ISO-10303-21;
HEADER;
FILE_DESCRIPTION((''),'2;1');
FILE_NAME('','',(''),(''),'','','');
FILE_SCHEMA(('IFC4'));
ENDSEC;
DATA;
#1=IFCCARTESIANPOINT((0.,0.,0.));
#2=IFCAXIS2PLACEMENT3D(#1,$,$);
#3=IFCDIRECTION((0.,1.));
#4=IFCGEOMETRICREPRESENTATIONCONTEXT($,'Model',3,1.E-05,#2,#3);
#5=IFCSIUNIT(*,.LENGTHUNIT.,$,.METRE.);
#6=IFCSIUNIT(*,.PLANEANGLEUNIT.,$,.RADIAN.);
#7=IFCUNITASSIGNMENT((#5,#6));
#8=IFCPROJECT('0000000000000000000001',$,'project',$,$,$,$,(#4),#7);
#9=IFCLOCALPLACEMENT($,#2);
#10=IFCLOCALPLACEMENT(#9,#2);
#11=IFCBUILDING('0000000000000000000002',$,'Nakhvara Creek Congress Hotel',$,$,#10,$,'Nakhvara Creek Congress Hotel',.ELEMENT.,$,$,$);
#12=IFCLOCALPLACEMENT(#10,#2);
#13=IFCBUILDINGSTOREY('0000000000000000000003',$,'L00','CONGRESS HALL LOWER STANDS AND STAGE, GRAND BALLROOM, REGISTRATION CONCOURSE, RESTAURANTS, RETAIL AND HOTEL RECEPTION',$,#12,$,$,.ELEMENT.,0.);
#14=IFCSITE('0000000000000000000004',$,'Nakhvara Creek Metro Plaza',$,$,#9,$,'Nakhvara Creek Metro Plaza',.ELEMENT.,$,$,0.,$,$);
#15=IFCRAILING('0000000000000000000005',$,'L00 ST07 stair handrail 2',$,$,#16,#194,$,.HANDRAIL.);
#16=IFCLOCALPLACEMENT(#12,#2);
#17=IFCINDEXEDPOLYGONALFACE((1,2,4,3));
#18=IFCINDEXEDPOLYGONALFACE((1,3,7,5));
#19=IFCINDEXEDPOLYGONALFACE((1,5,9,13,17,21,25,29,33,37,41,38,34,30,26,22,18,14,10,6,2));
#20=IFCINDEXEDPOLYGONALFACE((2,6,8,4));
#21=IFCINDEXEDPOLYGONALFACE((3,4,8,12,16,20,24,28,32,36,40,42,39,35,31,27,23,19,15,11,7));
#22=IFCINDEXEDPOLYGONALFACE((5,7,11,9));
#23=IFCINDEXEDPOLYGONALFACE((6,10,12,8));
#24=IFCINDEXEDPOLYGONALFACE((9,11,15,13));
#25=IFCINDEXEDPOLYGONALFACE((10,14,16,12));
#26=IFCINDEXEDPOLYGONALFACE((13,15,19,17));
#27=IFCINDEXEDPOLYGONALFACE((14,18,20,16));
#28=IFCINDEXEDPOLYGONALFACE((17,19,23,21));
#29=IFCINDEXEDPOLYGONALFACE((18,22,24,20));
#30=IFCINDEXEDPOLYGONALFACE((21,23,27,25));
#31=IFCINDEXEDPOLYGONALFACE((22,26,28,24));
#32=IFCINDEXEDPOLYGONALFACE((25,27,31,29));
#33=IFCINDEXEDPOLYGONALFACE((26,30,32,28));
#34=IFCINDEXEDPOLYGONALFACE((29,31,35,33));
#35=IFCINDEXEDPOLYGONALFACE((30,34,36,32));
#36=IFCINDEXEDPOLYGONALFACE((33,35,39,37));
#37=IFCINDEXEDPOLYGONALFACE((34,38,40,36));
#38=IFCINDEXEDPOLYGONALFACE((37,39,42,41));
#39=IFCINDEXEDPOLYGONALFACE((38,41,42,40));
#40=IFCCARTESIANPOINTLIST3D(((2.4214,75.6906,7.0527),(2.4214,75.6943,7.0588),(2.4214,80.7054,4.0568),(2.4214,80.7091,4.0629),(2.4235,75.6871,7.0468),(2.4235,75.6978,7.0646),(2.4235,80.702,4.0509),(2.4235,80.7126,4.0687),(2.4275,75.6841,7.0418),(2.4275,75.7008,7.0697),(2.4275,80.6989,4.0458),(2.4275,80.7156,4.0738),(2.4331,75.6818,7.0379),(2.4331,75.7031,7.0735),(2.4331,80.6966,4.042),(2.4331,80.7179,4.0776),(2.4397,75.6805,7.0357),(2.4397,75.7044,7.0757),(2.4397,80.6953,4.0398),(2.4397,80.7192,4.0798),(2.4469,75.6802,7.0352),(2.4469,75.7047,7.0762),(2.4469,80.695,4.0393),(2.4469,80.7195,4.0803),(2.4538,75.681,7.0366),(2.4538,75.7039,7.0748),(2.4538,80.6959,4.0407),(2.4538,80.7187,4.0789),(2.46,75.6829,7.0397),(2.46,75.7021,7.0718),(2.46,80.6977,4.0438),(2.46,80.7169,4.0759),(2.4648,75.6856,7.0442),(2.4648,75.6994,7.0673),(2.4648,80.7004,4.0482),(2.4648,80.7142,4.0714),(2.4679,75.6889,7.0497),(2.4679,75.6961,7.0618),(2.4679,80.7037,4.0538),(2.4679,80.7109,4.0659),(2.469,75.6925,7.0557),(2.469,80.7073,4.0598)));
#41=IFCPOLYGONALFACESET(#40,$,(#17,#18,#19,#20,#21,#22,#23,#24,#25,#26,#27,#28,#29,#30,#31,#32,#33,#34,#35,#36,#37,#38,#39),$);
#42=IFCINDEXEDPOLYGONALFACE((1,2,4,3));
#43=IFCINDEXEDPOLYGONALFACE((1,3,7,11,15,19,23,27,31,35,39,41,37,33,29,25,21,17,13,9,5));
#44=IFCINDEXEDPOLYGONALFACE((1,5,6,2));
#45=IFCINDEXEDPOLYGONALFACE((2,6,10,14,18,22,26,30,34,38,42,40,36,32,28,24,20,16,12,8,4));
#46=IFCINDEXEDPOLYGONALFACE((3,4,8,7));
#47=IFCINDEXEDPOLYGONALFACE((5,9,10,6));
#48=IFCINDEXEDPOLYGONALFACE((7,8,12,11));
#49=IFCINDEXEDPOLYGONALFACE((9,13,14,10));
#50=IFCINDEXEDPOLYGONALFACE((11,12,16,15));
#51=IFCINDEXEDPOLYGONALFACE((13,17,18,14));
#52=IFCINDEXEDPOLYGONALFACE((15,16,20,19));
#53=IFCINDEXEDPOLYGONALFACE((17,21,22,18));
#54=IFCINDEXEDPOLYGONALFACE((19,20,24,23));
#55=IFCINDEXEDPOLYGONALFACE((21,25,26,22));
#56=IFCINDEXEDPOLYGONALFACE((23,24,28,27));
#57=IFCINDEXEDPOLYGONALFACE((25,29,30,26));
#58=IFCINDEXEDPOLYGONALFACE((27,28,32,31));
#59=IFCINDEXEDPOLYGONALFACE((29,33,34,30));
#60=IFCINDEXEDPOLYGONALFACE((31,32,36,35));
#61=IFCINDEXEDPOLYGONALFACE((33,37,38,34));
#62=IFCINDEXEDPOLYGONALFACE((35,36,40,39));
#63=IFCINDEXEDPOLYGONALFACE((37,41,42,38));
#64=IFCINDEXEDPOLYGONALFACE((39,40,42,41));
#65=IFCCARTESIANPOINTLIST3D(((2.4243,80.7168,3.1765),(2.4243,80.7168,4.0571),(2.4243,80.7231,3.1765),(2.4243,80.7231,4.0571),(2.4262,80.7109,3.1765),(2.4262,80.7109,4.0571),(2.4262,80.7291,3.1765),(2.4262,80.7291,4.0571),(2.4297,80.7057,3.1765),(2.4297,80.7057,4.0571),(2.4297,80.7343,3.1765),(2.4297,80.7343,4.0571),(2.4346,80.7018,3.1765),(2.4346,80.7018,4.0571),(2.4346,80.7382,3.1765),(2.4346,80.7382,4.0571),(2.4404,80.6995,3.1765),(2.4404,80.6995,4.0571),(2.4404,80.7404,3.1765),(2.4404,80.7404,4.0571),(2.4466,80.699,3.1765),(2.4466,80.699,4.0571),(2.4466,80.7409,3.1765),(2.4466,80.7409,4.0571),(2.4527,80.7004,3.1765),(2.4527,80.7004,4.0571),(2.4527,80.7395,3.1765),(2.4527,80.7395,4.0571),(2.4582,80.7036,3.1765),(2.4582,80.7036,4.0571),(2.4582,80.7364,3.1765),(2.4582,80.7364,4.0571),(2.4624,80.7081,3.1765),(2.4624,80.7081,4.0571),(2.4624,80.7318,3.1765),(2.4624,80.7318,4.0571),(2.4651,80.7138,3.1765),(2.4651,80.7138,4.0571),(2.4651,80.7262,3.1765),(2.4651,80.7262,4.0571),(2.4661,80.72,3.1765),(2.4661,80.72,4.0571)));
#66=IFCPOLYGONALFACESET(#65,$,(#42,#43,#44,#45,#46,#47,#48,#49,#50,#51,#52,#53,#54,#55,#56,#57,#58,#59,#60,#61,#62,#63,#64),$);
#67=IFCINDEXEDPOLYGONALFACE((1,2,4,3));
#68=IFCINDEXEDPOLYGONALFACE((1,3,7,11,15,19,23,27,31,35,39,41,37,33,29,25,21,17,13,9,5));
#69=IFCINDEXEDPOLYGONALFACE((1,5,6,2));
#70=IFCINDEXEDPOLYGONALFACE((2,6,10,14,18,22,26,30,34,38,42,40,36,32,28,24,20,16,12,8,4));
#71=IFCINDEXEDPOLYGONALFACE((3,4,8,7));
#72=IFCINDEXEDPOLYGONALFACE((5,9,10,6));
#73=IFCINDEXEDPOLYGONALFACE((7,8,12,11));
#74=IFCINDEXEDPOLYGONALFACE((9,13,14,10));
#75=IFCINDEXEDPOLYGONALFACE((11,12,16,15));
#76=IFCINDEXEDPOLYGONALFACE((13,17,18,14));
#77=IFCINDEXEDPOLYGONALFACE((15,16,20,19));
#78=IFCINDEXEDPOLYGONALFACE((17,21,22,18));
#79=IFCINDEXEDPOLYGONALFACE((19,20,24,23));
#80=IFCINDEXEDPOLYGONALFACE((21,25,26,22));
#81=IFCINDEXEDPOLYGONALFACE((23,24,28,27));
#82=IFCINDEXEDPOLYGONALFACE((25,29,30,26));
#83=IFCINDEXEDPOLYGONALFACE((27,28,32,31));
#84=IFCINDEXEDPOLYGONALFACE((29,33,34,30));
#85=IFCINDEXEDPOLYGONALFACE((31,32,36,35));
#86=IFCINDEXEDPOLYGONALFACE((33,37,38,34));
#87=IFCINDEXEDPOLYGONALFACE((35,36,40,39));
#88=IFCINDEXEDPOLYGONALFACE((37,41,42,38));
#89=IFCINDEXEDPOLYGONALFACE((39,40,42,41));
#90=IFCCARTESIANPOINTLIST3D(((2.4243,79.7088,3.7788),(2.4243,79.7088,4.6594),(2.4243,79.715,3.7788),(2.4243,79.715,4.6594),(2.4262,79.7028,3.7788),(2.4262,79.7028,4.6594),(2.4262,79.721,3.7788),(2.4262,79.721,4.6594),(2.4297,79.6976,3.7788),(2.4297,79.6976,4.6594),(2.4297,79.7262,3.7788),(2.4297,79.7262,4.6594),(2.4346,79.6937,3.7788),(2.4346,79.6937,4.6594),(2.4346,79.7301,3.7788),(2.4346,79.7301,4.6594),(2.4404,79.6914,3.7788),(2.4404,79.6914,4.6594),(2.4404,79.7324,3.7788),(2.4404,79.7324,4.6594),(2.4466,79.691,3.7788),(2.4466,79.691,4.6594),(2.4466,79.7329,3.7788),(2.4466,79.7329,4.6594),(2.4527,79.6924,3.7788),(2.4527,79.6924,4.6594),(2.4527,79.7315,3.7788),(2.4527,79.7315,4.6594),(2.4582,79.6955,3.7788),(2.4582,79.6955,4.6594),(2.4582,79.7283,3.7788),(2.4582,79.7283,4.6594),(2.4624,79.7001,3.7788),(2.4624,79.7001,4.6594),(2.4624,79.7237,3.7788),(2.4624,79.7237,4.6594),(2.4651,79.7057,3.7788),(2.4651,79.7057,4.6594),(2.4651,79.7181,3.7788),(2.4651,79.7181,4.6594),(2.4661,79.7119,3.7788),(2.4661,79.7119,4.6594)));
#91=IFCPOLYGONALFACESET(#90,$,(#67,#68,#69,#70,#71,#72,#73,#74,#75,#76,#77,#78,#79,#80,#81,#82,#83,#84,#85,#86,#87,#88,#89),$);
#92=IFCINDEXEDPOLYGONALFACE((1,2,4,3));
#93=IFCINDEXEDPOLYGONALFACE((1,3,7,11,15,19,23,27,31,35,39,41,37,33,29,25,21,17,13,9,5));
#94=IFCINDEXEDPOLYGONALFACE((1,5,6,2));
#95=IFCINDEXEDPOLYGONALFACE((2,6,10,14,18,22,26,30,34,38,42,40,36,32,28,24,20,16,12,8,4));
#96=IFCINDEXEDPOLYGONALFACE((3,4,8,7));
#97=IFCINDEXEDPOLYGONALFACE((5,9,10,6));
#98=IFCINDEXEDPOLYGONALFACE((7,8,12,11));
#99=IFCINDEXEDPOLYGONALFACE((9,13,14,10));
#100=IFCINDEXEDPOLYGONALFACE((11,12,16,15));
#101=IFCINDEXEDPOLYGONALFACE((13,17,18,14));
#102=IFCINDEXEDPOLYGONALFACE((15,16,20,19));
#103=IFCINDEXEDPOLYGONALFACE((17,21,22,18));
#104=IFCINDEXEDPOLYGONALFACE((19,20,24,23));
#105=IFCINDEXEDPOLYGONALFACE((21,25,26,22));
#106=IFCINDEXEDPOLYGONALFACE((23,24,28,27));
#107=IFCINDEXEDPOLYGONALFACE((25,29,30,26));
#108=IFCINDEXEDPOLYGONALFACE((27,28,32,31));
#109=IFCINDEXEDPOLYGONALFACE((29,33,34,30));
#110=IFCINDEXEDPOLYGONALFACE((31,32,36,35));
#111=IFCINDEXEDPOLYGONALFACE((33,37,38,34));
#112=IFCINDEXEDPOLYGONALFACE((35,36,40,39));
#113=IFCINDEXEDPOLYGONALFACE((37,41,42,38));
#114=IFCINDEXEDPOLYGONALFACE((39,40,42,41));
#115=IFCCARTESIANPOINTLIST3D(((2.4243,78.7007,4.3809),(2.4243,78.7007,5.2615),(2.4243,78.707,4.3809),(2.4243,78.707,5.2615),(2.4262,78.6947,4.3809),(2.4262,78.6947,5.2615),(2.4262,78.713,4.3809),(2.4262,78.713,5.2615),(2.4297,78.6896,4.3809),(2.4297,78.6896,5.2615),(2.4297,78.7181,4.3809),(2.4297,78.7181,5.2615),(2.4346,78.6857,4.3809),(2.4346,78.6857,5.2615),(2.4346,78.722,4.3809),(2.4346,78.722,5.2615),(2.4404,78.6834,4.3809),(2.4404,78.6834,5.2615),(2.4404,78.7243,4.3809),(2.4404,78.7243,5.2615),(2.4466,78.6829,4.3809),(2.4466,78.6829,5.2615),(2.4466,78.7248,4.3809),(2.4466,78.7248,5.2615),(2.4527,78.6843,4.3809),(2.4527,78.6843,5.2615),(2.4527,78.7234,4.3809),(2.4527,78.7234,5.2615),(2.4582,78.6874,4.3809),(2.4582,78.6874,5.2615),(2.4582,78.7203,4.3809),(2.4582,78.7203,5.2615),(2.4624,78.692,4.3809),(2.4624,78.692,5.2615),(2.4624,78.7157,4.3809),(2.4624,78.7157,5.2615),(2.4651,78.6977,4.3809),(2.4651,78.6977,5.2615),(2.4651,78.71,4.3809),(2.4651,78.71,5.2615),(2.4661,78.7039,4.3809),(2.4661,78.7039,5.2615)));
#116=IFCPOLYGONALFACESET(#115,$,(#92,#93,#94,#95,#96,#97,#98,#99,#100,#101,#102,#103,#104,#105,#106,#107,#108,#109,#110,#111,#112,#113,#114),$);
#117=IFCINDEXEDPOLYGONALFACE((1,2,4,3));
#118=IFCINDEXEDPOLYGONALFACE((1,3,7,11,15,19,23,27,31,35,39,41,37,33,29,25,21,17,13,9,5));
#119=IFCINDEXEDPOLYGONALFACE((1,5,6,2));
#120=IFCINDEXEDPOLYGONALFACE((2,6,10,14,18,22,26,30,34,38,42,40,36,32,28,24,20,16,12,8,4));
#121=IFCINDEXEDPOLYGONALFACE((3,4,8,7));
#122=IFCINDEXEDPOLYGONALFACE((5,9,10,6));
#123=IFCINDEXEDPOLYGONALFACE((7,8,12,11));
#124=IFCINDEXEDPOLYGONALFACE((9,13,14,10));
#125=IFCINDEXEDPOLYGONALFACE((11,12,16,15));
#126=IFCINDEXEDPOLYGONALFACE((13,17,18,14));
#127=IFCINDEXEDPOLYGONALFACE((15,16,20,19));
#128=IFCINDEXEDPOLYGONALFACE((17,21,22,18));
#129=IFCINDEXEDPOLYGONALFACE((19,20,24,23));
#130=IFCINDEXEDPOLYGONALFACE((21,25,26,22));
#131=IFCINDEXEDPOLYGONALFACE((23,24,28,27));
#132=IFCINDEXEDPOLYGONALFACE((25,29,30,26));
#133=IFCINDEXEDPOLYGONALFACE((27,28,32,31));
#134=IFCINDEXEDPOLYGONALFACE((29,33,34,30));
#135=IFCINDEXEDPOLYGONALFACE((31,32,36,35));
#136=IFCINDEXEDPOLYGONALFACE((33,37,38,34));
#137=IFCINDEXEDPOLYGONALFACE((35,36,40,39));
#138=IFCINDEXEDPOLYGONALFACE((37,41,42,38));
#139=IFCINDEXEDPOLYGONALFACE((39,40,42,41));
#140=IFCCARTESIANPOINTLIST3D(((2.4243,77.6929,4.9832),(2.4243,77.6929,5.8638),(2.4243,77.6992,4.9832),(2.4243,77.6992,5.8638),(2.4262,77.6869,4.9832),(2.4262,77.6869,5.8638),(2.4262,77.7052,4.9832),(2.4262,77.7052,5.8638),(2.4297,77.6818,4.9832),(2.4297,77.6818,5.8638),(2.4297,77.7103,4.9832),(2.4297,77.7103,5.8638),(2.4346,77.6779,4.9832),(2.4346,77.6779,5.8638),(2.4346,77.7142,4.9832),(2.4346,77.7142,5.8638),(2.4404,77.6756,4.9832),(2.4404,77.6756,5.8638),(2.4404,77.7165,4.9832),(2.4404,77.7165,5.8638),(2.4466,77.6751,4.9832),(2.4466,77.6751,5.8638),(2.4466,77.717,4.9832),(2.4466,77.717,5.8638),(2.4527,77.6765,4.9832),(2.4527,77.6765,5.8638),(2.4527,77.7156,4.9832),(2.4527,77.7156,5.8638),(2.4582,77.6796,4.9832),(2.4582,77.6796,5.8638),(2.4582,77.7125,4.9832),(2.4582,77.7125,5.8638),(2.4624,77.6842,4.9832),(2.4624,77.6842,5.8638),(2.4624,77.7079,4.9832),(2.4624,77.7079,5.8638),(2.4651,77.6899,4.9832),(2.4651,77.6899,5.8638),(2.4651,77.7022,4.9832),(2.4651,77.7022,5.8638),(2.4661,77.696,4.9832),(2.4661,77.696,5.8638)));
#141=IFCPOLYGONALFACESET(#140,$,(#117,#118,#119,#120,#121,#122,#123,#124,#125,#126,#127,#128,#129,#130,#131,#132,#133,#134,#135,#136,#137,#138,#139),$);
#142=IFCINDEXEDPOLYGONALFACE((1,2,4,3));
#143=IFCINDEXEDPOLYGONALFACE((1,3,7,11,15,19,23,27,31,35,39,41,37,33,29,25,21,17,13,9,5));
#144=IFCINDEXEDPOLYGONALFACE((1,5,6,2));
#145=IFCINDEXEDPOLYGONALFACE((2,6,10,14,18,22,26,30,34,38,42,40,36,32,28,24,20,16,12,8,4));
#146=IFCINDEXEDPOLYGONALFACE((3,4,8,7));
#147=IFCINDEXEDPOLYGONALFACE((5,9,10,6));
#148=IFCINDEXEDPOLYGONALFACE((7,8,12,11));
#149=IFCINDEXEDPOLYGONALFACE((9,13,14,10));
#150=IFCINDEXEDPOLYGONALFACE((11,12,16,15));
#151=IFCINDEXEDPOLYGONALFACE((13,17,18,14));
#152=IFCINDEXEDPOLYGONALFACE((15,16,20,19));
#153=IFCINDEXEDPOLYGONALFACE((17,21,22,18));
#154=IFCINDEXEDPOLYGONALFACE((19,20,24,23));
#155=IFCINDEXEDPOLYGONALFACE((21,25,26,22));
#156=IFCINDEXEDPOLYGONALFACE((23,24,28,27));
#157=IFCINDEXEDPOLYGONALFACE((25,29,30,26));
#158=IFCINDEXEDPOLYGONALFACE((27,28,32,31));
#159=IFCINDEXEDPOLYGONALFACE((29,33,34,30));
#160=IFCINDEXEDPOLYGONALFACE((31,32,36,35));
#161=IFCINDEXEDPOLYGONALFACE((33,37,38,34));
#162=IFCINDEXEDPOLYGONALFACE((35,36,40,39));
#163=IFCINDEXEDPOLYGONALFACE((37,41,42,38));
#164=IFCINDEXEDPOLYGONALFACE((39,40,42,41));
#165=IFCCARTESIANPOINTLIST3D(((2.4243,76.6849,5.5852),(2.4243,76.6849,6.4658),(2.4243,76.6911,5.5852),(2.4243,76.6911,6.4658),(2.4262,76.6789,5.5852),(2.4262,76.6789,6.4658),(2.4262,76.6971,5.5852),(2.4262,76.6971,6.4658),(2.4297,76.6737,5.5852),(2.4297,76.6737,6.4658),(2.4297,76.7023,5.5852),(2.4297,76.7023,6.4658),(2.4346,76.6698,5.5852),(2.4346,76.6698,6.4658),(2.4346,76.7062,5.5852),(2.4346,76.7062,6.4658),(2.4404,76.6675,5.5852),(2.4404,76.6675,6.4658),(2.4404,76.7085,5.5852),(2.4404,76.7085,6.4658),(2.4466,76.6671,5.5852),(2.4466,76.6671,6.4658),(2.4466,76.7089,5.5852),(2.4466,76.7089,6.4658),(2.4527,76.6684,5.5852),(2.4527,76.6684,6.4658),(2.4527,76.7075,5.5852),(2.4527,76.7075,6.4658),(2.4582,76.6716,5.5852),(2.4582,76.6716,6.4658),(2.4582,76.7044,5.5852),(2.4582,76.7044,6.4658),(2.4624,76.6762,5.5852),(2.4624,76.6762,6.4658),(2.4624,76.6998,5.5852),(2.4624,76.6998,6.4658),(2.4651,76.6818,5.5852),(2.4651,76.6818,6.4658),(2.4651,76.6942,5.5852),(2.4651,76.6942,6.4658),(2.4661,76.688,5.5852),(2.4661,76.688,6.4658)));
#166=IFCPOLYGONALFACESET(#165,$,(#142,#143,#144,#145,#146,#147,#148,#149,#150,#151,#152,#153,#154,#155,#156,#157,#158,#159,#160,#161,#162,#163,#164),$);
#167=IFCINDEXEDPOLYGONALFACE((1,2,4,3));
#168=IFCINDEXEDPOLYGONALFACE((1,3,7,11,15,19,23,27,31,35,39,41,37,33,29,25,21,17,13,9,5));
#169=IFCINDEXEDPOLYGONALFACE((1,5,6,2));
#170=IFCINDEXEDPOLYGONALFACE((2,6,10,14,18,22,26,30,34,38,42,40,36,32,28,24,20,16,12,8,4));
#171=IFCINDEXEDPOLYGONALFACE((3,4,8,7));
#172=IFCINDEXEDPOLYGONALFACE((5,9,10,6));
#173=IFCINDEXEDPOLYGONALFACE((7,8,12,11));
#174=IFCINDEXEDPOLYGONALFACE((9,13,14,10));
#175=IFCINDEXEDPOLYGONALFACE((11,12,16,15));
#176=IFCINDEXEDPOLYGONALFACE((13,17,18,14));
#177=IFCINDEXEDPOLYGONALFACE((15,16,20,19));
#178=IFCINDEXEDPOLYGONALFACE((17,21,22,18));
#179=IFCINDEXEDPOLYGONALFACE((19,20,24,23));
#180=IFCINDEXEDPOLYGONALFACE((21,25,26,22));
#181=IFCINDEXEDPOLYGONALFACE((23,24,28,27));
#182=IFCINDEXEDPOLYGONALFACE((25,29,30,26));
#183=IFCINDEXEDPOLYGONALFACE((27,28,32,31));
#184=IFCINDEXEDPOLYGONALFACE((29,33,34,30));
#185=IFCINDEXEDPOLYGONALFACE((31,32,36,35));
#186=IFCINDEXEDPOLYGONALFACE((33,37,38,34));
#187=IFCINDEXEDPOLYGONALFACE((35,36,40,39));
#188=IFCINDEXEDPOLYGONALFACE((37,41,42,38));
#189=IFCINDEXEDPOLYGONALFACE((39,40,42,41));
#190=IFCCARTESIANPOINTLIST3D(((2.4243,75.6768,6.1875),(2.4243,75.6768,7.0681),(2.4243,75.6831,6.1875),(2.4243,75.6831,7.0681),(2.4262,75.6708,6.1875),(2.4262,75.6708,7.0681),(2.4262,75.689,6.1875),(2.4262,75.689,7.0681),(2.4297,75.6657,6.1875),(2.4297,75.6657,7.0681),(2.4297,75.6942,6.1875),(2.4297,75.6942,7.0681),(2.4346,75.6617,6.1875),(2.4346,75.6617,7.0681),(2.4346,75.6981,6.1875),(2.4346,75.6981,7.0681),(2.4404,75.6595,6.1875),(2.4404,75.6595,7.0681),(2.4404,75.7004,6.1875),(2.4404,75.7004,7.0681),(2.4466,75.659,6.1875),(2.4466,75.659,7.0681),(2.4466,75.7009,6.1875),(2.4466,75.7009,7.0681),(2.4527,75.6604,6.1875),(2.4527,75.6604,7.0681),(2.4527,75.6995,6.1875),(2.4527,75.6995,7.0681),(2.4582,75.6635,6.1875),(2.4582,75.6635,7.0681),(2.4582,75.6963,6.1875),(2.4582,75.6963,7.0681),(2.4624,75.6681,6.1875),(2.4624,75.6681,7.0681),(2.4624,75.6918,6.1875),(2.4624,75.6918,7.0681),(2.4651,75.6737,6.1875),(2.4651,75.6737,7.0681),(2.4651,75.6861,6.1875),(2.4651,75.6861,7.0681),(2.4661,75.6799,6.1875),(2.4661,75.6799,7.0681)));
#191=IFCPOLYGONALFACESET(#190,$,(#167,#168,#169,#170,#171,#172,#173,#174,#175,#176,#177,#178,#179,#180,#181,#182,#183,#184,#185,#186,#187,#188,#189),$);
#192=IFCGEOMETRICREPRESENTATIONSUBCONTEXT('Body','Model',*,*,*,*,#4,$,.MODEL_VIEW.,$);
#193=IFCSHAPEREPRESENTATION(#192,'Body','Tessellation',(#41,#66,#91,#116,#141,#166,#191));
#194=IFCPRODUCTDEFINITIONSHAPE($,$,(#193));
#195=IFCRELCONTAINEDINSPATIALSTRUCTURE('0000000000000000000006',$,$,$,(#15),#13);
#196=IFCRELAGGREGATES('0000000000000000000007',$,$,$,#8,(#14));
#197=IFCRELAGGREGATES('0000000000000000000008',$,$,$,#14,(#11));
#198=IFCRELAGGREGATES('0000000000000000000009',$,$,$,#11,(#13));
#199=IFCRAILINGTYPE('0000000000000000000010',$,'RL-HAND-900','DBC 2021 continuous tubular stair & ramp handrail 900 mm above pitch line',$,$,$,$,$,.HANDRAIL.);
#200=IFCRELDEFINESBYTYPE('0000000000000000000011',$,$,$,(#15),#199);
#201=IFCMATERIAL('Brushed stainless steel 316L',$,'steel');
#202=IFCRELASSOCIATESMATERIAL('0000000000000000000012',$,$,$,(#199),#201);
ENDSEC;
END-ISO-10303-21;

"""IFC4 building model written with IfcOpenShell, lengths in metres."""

from ifc_helpers import new_model, si_unit, direction, frame, origin, origin_2d, place, context, subcontext, project, spatial, circle, extrude, material, type_object, element, save


model = new_model("IFC4")

# Units and contexts
model_context = context("Model", 3, precision=1e-05, world=origin(), true_north=direction((0.0, 1.0)))
body_context = subcontext(model_context, "Body", "Model", "MODEL_VIEW")
ifc_project = project(units=[si_unit("LENGTHUNIT", "METRE"), si_unit("PLANEANGLEUNIT", "RADIAN")], contexts=[model_context])

# Site, building, storey
site_placement = place(None, origin())
site = spatial("IfcSite", under=ifc_project, at=site_placement, Name="Nakhvara Creek Metro Plaza", LongName="Nakhvara Creek Metro Plaza", CompositionType="ELEMENT", RefElevation=0.0)
building_placement = place(site_placement, origin())
building = spatial("IfcBuilding", under=site, at=building_placement, Name="Nakhvara Creek Congress Hotel", LongName="Nakhvara Creek Congress Hotel", CompositionType="ELEMENT")
storey_placement = place(building_placement, origin())
storey = spatial("IfcBuildingStorey", under=building, at=storey_placement, Name="L00", Description="CONGRESS HALL LOWER STANDS AND STAGE, GRAND BALLROOM, REGISTRATION CONCOURSE, RESTAURANTS, RETAIL AND HOTEL RECEPTION", CompositionType="ELEMENT", Elevation=0.0)

# Railing
ifc_material_1 = material(Name="Brushed stainless steel 316L", Category="steel")
railing_type_1 = type_object("IfcRailingType", Name="RL-HAND-900", Description="DBC 2021 continuous tubular stair & ramp handrail 900 mm above pitch line", PredefinedType="HANDRAIL", material=ifc_material_1)
railing_1_placement = place(storey_placement, frame((2.4451, 80.72, 3.1765)))
element("IfcRailing", 1, at=railing_1_placement, inside=storey, type_object=railing_type_1, Name="L00 ST07 stair handrail 2", PredefinedType="HANDRAIL", context=body_context, shape_type="SweptSolid", body=[
    extrude(circle(Radius=0.0239, at=origin_2d()), frame((0.0, -0.0127, 0.8833), z_axis=(0.0, -0.858471, 0.512862), x_axis=(1.0, 0.0, 0.0)), (0.0, 0.0, 1.0), 5.8416),
    extrude(circle(Radius=0.021, at=origin_2d()), origin(), (0.0, 0.0, 1.0), 0.8806),
    extrude(circle(Radius=0.021, at=origin_2d()), frame((0.0, -1.0081, 0.6023)), (0.0, 0.0, 1.0), 0.8806),
    extrude(circle(Radius=0.021, at=origin_2d()), frame((0.0, -2.0161, 1.2043)), (0.0, 0.0, 1.0), 0.8806),
    extrude(circle(Radius=0.021, at=origin_2d()), frame((0.0, -3.0239, 1.8066)), (0.0, 0.0, 1.0), 0.8806),
    extrude(circle(Radius=0.021, at=origin_2d()), frame((0.0, -4.032, 2.4087)), (0.0, 0.0, 1.0), 0.8806),
    extrude(circle(Radius=0.021, at=origin_2d()), frame((0.0, -5.04, 3.011)), (0.0, 0.0, 1.0), 0.8806),
])

save(model, "model.ifc")
